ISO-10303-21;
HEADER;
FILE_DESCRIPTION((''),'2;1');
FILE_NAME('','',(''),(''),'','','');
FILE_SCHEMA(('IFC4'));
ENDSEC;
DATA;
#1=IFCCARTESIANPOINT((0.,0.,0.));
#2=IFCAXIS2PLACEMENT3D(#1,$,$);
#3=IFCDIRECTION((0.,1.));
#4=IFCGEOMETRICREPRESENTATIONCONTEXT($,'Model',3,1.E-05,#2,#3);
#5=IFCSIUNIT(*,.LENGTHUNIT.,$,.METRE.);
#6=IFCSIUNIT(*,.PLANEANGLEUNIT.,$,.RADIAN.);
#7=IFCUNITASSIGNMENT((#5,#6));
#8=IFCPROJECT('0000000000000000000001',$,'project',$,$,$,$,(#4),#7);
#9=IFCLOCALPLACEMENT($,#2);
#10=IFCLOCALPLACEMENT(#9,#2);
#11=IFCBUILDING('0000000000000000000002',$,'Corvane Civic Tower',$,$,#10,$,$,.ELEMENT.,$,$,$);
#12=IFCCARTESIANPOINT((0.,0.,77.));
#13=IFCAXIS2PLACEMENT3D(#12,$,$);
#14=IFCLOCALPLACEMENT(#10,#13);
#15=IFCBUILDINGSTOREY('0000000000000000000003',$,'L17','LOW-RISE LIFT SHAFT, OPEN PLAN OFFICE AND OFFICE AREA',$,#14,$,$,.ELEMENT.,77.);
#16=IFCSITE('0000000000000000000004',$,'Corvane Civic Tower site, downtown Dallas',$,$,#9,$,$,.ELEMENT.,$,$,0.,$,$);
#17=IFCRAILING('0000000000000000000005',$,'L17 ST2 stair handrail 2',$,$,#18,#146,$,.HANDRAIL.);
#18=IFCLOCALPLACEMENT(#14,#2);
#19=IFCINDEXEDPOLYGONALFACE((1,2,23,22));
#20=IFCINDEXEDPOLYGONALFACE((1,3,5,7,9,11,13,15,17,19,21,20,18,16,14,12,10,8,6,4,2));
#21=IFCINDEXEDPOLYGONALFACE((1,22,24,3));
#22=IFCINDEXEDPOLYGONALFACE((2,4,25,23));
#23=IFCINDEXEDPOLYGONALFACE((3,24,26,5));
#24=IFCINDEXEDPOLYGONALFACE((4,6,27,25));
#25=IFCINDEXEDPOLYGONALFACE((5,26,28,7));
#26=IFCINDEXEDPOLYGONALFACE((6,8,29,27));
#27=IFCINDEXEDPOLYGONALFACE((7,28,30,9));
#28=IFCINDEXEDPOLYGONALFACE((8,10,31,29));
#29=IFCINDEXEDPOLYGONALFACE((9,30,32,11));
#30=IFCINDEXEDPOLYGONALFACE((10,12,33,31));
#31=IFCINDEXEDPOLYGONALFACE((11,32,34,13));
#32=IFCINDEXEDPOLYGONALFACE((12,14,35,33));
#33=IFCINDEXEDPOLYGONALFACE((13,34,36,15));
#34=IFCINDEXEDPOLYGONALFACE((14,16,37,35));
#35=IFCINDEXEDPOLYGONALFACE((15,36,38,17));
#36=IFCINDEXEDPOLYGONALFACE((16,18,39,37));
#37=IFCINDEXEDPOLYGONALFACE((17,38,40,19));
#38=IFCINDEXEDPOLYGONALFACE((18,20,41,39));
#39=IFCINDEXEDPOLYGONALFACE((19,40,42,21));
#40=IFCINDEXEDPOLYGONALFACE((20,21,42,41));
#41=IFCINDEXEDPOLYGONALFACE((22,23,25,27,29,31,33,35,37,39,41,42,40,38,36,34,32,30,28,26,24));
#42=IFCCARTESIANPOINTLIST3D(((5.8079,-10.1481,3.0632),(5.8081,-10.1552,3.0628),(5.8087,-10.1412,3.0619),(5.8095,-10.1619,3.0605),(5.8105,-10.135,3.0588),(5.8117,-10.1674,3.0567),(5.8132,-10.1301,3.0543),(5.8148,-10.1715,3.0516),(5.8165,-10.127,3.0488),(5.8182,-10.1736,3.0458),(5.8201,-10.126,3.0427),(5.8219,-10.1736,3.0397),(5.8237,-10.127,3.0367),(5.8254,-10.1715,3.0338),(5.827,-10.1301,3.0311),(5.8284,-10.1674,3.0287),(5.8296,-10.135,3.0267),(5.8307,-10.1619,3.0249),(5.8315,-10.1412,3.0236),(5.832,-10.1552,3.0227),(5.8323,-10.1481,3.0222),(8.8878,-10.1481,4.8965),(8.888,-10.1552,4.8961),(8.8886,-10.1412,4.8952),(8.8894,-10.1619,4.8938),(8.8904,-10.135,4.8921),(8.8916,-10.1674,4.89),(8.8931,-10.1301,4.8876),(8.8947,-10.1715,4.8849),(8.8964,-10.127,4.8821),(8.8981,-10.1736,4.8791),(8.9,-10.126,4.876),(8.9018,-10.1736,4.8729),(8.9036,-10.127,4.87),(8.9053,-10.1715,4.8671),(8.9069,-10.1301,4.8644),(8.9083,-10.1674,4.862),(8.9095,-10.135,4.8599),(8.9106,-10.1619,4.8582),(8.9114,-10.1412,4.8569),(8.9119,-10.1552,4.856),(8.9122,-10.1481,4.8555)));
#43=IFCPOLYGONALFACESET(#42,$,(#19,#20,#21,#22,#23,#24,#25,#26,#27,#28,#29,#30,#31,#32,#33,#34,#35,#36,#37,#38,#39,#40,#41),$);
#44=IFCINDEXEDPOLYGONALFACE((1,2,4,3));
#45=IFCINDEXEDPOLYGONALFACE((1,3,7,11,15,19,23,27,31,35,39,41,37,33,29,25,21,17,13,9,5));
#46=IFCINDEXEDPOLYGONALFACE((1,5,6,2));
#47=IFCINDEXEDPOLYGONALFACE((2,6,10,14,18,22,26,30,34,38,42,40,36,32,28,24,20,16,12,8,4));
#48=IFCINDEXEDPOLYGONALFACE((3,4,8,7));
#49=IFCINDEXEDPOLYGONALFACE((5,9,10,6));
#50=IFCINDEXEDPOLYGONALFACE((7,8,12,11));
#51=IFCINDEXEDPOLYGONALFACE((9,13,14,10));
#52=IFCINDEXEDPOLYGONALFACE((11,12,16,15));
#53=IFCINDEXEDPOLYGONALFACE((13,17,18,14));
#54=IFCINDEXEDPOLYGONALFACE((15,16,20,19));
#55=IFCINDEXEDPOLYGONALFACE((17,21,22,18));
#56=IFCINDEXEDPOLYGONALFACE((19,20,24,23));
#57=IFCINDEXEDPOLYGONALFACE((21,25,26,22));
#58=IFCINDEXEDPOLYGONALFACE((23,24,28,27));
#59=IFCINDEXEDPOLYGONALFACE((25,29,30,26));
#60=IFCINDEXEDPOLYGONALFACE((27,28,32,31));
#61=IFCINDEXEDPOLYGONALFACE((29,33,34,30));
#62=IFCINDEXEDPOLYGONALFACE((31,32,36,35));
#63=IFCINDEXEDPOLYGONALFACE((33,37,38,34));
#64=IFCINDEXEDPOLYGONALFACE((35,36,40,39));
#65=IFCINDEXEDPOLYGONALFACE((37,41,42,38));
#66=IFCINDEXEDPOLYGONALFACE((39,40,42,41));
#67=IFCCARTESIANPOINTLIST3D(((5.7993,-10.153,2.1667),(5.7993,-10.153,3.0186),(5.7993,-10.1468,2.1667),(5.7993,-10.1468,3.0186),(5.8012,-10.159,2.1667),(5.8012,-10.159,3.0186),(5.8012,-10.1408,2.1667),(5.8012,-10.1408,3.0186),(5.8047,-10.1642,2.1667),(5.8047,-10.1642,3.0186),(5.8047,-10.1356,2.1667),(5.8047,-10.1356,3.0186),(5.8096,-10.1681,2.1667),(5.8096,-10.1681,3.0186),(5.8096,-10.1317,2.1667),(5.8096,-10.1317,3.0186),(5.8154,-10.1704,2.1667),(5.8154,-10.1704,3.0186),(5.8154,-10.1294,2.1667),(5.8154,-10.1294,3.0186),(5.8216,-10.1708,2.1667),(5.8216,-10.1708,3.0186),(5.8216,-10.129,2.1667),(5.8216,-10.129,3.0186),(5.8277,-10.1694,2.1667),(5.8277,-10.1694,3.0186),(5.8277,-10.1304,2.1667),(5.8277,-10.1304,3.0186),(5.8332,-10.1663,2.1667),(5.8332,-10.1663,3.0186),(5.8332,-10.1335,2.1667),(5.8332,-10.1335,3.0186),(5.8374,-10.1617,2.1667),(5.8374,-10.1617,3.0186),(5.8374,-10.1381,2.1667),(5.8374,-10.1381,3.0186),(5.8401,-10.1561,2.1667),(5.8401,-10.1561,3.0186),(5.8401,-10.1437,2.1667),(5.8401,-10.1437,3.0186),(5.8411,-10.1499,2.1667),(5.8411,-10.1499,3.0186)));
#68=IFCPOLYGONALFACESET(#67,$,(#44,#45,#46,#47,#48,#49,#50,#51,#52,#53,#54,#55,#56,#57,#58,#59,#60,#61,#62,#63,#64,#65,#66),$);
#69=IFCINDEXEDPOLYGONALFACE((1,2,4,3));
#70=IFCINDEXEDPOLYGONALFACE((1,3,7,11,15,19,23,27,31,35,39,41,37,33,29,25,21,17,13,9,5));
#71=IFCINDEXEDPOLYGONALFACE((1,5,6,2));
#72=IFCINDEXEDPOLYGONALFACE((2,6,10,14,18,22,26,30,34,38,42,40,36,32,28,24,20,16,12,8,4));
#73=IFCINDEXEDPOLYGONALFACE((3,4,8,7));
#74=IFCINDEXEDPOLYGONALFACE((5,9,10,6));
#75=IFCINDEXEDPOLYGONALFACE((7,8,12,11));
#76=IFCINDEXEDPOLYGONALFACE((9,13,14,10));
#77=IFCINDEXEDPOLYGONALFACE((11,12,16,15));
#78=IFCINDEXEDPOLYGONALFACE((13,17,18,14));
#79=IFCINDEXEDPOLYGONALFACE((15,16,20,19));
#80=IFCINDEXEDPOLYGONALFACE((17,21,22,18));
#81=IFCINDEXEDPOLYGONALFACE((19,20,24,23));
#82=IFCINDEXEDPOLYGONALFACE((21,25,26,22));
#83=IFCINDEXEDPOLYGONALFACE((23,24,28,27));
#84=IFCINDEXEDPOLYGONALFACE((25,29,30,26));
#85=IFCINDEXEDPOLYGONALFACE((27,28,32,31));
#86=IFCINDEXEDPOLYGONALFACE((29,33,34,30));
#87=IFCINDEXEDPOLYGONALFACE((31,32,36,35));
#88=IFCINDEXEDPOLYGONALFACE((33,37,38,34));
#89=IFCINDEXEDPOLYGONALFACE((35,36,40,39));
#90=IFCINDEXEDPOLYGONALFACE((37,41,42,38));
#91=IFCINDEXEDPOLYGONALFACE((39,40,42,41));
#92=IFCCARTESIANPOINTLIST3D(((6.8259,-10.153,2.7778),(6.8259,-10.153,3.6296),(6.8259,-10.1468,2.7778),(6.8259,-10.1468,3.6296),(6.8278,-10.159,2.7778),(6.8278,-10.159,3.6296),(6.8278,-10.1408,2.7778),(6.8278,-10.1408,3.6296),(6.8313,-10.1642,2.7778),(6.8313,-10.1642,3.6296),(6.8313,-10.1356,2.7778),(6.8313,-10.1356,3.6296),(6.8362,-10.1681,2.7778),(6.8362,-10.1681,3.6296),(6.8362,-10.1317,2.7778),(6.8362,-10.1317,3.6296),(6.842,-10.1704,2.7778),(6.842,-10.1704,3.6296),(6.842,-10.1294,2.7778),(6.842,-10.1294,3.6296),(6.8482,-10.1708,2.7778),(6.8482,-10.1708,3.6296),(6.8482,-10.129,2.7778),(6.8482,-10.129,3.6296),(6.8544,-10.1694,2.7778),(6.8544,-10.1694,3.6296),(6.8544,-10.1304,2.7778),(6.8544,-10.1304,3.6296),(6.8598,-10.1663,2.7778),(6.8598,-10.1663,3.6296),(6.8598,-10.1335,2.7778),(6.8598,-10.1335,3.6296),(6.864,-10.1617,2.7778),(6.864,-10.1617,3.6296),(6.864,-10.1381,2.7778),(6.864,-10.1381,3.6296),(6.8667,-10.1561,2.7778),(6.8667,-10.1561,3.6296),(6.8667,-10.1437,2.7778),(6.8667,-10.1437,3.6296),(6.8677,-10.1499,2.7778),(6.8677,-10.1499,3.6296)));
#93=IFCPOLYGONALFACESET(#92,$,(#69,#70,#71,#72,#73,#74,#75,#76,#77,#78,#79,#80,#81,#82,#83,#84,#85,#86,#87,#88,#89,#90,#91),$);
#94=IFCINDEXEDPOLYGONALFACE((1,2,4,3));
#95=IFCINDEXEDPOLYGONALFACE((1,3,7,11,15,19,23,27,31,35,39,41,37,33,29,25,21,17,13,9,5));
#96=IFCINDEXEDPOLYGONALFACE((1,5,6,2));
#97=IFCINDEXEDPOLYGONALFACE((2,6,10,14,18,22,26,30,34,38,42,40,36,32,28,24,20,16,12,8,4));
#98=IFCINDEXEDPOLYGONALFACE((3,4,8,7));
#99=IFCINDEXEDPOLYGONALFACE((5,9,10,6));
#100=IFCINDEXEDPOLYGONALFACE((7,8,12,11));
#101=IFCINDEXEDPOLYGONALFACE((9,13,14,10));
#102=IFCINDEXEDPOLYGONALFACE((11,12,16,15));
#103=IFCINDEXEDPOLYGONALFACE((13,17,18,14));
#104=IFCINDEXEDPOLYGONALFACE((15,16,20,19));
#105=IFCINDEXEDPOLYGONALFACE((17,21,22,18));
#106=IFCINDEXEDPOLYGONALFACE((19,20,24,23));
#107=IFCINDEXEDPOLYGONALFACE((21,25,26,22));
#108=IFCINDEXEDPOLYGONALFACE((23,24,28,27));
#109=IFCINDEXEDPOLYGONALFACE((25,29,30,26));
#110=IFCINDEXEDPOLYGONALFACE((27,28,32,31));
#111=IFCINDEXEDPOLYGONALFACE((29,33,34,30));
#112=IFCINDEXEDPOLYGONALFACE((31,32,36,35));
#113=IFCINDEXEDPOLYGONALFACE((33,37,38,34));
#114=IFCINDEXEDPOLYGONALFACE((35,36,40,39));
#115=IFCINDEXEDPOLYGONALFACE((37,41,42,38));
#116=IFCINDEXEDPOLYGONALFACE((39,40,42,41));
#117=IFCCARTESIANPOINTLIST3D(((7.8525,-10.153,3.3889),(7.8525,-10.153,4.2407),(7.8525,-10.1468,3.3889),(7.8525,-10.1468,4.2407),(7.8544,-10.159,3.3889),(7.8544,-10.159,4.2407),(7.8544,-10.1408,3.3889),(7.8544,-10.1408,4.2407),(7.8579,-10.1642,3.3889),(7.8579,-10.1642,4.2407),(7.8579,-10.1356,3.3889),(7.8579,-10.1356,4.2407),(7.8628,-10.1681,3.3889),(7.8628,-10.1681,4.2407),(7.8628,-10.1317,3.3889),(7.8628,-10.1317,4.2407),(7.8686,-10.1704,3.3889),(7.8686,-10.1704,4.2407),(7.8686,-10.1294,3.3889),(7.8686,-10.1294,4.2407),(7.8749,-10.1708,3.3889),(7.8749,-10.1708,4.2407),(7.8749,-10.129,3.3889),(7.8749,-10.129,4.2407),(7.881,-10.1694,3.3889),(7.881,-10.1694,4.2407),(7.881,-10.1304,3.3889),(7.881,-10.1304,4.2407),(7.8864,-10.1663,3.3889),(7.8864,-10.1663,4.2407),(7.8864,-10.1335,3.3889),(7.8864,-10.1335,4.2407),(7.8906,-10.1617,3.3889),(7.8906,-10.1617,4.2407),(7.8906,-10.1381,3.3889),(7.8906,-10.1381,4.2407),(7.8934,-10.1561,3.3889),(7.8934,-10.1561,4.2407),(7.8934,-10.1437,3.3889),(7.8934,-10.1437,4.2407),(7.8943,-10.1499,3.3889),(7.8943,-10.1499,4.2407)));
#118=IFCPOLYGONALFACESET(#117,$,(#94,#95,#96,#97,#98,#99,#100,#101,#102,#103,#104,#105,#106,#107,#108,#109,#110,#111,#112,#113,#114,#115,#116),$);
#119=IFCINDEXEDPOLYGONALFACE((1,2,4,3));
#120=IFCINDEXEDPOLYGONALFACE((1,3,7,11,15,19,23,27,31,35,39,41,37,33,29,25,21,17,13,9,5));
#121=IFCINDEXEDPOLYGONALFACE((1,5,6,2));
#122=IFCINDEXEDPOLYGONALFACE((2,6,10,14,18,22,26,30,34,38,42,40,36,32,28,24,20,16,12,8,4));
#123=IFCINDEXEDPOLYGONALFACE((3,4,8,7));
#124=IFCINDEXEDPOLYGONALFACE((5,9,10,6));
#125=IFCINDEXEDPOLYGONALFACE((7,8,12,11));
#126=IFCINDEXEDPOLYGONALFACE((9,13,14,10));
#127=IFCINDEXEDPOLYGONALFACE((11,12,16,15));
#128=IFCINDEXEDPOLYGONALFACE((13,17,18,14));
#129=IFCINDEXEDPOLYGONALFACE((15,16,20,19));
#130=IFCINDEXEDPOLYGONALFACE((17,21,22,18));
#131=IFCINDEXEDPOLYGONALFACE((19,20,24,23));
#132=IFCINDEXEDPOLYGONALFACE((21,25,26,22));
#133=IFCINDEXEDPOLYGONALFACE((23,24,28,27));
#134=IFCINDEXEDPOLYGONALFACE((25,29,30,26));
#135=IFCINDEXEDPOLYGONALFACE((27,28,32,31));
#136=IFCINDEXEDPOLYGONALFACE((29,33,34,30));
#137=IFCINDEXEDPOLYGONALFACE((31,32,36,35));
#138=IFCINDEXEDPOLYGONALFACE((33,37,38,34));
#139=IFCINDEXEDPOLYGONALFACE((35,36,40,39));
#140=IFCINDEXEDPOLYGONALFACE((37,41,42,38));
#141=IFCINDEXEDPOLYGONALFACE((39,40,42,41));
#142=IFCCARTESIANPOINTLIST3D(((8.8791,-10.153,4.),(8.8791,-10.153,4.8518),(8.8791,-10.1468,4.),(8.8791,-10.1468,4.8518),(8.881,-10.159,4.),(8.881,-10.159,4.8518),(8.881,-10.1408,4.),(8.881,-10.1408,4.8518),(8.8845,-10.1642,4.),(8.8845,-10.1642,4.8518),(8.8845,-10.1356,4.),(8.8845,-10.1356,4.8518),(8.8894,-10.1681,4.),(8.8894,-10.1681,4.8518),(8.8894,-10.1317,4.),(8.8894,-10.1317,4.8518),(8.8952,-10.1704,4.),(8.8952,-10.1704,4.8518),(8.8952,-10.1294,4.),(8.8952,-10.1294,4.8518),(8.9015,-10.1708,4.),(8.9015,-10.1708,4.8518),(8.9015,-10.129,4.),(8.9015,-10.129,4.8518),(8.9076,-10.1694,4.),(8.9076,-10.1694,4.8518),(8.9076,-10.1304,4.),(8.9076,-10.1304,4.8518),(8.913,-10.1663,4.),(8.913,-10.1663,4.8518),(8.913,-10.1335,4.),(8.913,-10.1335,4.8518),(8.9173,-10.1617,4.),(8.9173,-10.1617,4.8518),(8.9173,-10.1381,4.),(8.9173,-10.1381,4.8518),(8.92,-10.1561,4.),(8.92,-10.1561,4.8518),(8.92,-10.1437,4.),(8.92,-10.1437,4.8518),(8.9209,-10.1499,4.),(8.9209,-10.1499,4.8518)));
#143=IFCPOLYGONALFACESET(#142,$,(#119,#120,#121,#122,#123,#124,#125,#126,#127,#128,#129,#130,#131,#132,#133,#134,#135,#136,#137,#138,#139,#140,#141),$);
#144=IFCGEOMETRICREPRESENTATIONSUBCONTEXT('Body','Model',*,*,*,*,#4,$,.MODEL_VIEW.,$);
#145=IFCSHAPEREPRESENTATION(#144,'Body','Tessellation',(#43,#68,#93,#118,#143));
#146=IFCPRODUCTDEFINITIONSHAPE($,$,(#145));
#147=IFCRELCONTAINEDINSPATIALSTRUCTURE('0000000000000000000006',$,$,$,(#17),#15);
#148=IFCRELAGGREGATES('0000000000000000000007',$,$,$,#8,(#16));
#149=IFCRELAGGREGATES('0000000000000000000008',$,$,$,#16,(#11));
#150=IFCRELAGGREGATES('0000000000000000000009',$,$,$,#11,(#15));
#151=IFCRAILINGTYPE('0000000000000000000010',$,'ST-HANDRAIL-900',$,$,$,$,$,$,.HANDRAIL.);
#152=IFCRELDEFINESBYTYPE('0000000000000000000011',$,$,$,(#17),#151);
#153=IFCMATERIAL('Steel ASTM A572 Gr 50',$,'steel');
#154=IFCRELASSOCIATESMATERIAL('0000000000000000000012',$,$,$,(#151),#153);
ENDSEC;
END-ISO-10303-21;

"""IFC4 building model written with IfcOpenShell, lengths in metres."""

from ifc_helpers import new_model, si_unit, direction, frame, origin, origin_2d, place, context, subcontext, project, spatial, circle, extrude, material, type_object, element, save


model = new_model("IFC4")

# Units and contexts
model_context = context("Model", 3, precision=1e-05, world=origin(), true_north=direction((0.0, 1.0)))
body_context = subcontext(model_context, "Body", "Model", "MODEL_VIEW")
ifc_project = project(units=[si_unit("LENGTHUNIT", "METRE"), si_unit("PLANEANGLEUNIT", "RADIAN")], contexts=[model_context])

# Site, building, storey
site_placement = place(None, origin())
site = spatial("IfcSite", under=ifc_project, at=site_placement, Name="Corvane Civic Tower site, downtown Dallas", CompositionType="ELEMENT", RefElevation=0.0)
building_placement = place(site_placement, origin())
building = spatial("IfcBuilding", under=site, at=building_placement, Name="Corvane Civic Tower", CompositionType="ELEMENT")
storey_placement = place(building_placement, frame((0.0, 0.0, 77.0)))
storey = spatial("IfcBuildingStorey", under=building, at=storey_placement, Name="L17", Description="LOW-RISE LIFT SHAFT, OPEN PLAN OFFICE AND OFFICE AREA", CompositionType="ELEMENT", Elevation=77.0)

# Railing
ifc_material_1 = material(Name="Steel ASTM A572 Gr 50", Category="steel")
railing_type_1 = type_object("IfcRailingType", Name="ST-HANDRAIL-900", PredefinedType="HANDRAIL", material=ifc_material_1)
railing_1_placement = place(storey_placement, frame((5.8201, -10.1499, 2.1667)))
element("IfcRailing", 1, at=railing_1_placement, inside=storey, type_object=railing_type_1, Name="L17 ST2 stair handrail 2", PredefinedType="HANDRAIL", context=body_context, shape_type="SweptSolid", body=[
    extrude(circle(Radius=0.0239, at=origin_2d()), frame((0.0, 0.0, 0.876), z_axis=(0.859291, 0.0, 0.511487), x_axis=(0.0, 1.0, 0.0)), (0.0, 0.0, 1.0), 3.5842),
    extrude(circle(Radius=0.021, at=origin_2d()), origin(), (0.0, 0.0, 1.0), 0.8518),
    extrude(circle(Radius=0.021, at=origin_2d()), frame((1.0266, 0.0, 0.6111)), (0.0, 0.0, 1.0), 0.8518),
    extrude(circle(Radius=0.021, at=origin_2d()), frame((2.0532, 0.0, 1.2222)), (0.0, 0.0, 1.0), 0.8518),
    extrude(circle(Radius=0.021, at=origin_2d()), frame((3.0798, 0.0, 1.8333)), (0.0, 0.0, 1.0), 0.8518),
])

save(model, "model.ifc")
